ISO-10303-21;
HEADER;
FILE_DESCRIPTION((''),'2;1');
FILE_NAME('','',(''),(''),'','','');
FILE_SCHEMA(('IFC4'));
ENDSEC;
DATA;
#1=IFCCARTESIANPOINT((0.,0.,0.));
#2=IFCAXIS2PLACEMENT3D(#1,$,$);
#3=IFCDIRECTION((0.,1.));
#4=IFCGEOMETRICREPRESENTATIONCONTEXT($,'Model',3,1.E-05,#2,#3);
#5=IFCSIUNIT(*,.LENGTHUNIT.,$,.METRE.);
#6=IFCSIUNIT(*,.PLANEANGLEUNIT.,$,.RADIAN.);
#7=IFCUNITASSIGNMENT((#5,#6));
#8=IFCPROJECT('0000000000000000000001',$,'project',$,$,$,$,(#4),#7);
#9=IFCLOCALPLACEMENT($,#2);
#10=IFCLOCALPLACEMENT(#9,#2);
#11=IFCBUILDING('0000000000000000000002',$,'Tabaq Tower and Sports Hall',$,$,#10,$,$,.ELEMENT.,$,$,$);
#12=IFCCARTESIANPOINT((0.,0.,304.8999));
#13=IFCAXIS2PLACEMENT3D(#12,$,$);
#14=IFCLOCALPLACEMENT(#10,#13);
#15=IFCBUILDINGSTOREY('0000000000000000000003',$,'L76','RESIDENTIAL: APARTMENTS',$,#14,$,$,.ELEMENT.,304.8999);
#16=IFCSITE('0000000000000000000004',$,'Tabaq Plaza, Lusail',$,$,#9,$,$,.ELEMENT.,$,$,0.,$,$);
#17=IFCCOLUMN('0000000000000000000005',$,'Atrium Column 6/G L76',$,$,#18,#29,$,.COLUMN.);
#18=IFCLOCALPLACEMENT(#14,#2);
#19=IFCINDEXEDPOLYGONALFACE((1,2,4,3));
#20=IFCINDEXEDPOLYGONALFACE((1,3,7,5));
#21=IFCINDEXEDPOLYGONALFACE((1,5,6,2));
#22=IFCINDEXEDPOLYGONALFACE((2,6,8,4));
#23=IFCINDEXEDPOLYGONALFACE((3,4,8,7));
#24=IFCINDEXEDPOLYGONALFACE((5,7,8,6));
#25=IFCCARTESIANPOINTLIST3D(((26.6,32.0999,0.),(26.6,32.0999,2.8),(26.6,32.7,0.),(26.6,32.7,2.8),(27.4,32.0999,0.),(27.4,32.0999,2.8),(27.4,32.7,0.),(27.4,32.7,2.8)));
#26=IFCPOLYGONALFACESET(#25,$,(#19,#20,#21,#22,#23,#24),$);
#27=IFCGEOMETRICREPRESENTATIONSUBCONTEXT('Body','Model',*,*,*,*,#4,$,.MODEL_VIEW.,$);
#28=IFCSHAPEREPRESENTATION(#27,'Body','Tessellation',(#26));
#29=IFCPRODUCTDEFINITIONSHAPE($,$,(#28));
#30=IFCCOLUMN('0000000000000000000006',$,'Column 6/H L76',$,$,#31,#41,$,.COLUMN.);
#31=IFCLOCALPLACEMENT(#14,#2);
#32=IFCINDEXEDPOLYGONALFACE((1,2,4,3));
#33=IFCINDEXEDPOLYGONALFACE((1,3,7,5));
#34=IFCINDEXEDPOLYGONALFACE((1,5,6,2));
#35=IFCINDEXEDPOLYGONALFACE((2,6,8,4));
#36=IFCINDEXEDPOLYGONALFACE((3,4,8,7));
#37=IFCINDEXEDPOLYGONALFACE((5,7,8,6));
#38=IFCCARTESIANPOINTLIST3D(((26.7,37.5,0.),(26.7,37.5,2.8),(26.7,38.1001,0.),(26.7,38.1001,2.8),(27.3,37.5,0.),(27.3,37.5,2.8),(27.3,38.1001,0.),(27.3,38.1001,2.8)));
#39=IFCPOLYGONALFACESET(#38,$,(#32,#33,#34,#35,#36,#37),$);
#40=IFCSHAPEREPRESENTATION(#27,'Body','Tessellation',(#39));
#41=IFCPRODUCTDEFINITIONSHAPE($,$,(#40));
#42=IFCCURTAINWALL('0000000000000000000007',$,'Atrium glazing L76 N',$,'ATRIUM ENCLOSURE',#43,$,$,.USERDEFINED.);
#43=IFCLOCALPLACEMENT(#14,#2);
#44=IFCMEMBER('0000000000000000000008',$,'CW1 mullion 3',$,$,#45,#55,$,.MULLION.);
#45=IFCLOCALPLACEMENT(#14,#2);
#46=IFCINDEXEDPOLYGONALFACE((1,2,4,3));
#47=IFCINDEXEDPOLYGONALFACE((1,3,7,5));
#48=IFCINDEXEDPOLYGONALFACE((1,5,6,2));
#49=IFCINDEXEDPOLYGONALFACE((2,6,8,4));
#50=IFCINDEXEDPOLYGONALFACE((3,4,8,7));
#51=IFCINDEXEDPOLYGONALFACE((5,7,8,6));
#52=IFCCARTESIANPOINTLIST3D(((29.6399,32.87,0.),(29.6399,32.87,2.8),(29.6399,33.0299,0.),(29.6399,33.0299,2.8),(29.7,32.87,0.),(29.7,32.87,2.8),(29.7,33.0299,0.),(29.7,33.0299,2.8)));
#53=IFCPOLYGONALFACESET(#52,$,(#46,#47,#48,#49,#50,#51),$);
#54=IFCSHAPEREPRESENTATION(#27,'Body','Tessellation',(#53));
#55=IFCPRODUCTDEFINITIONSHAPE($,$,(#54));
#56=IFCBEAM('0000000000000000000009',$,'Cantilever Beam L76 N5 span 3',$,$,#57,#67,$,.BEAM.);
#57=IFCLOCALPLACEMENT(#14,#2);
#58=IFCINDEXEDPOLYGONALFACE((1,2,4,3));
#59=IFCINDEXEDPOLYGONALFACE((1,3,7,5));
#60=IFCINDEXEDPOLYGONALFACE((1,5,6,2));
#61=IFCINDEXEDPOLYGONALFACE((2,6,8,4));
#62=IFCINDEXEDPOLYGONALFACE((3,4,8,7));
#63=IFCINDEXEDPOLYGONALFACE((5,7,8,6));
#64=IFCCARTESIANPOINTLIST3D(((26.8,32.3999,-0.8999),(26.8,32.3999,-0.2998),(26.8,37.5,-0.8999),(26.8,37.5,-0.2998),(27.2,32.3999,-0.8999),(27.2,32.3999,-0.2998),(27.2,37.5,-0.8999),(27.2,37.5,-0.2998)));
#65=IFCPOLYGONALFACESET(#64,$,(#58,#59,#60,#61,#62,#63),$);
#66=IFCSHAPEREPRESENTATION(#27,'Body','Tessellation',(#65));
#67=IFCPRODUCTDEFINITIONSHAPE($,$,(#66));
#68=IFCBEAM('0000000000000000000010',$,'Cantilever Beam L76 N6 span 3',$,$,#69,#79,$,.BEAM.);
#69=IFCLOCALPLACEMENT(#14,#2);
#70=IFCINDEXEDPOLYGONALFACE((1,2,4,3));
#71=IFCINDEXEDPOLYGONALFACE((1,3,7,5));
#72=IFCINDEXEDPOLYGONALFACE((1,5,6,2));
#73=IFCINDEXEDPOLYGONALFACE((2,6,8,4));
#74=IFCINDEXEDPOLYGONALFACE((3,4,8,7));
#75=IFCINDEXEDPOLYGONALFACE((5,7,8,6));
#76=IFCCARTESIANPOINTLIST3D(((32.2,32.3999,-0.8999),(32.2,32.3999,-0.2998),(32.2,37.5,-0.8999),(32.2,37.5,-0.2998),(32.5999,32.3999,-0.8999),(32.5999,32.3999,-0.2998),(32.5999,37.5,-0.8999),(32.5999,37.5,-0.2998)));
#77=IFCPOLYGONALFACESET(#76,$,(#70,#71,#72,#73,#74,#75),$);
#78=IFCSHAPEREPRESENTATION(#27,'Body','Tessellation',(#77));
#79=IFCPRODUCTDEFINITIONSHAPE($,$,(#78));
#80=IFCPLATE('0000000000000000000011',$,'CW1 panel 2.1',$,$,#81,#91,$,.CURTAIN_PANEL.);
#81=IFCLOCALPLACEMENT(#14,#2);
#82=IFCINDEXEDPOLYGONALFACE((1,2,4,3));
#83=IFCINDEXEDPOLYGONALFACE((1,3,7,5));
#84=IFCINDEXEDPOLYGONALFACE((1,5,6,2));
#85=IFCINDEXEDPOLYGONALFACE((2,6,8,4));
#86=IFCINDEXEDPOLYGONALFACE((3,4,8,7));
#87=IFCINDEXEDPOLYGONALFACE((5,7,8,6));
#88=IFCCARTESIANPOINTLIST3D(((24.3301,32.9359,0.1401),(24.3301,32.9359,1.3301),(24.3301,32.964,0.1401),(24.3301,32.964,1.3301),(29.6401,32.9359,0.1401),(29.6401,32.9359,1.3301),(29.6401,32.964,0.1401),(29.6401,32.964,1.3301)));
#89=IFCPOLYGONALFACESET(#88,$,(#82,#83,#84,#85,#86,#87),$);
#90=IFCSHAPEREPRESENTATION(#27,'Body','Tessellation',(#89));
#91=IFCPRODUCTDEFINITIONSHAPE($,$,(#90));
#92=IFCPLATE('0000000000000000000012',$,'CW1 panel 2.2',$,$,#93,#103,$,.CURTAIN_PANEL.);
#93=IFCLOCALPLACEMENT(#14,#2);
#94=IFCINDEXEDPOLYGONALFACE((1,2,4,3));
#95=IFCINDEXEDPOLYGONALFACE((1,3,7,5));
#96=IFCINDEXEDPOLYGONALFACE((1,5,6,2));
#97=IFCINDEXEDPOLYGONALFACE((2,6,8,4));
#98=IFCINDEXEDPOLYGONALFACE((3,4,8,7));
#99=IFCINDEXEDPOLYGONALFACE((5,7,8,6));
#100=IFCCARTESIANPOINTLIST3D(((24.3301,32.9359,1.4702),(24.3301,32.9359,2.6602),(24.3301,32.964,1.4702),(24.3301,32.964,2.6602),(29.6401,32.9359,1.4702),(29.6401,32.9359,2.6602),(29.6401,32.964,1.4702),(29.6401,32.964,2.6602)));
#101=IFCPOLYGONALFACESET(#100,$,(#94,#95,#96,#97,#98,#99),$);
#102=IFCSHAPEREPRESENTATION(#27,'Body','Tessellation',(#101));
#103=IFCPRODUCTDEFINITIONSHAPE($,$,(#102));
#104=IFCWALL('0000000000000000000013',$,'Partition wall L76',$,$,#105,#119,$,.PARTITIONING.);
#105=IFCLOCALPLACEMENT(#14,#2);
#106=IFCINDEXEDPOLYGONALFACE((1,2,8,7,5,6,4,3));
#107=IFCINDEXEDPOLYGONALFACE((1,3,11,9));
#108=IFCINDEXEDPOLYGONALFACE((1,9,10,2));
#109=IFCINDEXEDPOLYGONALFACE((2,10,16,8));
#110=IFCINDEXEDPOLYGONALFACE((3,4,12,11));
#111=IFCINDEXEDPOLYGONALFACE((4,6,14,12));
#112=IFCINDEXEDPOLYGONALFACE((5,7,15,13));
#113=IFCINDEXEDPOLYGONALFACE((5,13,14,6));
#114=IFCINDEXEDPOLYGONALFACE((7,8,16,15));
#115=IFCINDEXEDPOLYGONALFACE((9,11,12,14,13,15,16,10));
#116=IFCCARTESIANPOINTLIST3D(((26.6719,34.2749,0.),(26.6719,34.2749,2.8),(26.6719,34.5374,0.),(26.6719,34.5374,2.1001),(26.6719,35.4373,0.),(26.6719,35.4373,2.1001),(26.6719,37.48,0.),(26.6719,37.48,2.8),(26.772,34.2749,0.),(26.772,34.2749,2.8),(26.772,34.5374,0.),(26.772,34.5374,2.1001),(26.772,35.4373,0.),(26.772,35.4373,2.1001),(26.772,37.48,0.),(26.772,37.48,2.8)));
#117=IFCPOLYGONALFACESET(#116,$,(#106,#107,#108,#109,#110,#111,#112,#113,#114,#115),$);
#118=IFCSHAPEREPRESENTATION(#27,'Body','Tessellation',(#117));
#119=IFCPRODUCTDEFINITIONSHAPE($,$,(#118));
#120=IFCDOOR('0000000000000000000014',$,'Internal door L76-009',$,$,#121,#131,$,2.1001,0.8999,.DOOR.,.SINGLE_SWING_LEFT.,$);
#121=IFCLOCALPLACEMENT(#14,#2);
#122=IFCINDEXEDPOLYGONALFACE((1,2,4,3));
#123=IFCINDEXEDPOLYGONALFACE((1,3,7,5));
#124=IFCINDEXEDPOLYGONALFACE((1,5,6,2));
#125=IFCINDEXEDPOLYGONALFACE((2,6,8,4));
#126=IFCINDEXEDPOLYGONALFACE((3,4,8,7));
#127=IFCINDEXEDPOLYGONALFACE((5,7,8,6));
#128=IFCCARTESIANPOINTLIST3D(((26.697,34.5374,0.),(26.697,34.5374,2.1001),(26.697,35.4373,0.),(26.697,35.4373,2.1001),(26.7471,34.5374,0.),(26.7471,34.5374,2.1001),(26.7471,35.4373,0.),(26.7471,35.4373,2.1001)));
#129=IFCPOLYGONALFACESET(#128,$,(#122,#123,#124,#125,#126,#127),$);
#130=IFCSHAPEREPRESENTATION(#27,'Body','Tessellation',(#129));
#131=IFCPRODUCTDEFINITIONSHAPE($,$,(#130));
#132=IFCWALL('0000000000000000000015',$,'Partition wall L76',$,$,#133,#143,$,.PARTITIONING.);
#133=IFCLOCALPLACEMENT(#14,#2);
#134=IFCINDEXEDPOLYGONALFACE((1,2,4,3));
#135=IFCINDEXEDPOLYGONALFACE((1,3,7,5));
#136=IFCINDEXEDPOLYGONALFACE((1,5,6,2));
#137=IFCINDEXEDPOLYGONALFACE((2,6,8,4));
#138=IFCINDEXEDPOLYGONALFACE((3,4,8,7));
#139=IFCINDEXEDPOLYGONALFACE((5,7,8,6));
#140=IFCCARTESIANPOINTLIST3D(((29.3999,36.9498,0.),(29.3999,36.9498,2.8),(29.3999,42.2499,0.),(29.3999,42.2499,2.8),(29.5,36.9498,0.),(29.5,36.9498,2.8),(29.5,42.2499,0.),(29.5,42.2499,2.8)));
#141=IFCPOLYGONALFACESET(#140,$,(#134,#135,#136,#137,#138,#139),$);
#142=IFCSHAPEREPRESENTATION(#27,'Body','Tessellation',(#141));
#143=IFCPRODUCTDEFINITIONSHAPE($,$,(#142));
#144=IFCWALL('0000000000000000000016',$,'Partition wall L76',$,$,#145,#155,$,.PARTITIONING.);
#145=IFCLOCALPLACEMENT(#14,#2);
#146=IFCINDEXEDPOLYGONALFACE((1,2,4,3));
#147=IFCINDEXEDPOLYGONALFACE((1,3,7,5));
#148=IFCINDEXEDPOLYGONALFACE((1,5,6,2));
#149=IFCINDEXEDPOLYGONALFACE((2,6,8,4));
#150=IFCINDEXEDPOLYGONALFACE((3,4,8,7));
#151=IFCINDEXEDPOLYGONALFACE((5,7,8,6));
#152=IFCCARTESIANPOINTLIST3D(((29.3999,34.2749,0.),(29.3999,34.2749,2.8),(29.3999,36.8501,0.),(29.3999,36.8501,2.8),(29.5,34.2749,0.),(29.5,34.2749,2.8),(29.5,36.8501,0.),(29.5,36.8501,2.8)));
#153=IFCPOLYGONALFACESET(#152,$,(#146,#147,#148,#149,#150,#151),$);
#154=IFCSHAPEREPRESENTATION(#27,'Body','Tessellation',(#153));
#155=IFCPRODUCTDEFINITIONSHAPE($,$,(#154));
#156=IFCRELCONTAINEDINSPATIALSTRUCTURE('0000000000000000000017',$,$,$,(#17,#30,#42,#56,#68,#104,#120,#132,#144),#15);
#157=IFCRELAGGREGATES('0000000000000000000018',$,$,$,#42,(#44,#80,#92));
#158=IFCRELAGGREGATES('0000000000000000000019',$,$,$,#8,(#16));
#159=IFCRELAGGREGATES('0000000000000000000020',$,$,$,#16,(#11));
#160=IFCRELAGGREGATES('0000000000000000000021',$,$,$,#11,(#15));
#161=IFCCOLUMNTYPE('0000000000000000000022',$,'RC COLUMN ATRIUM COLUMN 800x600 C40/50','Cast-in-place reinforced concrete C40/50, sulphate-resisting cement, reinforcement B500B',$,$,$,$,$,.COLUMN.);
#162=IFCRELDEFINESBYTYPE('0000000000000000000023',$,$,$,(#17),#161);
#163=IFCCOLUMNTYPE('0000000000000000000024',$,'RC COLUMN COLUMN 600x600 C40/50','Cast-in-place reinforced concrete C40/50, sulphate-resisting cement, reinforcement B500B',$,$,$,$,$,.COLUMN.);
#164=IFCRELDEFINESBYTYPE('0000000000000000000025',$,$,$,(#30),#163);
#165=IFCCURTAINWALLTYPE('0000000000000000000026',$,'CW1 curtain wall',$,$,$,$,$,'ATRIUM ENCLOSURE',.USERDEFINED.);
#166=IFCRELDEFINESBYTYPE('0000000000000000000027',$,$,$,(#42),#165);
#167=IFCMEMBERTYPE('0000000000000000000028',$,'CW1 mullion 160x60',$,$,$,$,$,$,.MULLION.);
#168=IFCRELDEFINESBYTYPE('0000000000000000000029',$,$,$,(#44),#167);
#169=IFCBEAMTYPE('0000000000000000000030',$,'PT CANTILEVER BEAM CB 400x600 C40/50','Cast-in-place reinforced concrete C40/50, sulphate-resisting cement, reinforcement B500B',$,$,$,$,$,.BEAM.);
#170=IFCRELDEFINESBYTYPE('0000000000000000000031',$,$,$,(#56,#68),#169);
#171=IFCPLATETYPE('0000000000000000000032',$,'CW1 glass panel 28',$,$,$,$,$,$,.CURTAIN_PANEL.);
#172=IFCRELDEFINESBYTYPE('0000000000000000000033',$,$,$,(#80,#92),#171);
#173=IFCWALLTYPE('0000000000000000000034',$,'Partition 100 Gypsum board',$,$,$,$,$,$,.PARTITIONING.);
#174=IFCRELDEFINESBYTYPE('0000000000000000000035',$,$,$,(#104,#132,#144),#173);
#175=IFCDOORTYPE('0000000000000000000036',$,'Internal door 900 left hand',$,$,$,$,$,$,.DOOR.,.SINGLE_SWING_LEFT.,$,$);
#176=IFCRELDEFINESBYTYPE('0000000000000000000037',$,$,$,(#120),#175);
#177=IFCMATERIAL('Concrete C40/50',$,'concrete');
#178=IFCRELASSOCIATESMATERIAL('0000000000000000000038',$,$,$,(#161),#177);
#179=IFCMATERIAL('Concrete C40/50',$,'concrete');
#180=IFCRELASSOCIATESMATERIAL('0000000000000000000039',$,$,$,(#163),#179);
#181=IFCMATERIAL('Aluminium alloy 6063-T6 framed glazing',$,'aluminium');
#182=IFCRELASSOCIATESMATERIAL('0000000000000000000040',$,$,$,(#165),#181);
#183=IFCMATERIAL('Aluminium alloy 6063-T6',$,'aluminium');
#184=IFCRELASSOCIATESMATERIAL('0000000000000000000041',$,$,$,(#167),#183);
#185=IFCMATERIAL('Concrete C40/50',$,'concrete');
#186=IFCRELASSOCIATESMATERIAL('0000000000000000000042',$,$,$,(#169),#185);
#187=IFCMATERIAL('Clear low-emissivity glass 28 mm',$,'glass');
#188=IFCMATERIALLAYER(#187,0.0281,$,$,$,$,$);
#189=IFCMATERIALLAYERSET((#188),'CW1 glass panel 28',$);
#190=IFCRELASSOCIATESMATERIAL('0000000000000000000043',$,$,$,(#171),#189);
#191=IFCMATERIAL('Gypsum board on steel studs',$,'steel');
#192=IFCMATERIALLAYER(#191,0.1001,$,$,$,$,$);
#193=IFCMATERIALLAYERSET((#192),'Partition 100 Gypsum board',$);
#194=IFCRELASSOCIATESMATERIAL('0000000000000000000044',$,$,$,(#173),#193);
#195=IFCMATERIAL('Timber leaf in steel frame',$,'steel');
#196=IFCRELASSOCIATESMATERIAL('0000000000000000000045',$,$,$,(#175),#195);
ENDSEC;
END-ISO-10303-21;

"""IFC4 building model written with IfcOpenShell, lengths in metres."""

from ifc_helpers import new_model, si_unit, direction, frame, frame_2d, origin, origin_2d, place, context, subcontext, project, spatial, rectangle, extrude, material, layer, layer_set, material_profile, profile_set, type_object, element, fill, aggregate, save


model = new_model("IFC4")

# Units and contexts
model_context = context("Model", 3, precision=1e-05, world=origin(), true_north=direction((0.0, 1.0)))
body_context = subcontext(model_context, "Body", "Model", "MODEL_VIEW")
ifc_project = project(units=[si_unit("LENGTHUNIT", "METRE"), si_unit("PLANEANGLEUNIT", "RADIAN")], contexts=[model_context])

# Site, building, storey
site_placement = place(None, origin())
site = spatial("IfcSite", under=ifc_project, at=site_placement, Name="Tabaq Plaza, Lusail", CompositionType="ELEMENT", RefElevation=0.0)
building_placement = place(site_placement, origin())
building = spatial("IfcBuilding", under=site, at=building_placement, Name="Tabaq Tower and Sports Hall", CompositionType="ELEMENT")
storey_placement = place(building_placement, frame((0.0, 0.0, 304.8999)))
storey = spatial("IfcBuildingStorey", under=building, at=storey_placement, Name="L76", Description="RESIDENTIAL: APARTMENTS", CompositionType="ELEMENT", Elevation=304.8999)

# Columns
ifc_material_1 = material(Name="Concrete C40/50", Category="concrete")
ifc_material_profile_1 = material_profile(ifc_material_1, rectangle(XDim=0.8, YDim=0.6001, at=origin_2d()), Name="ATRIUM COLUMN 800x600")
ifc_profile_set_1 = profile_set([ifc_material_profile_1], Name="Concrete C40/50")
column_type_1 = type_object("IfcColumnType", Name="RC COLUMN ATRIUM COLUMN 800x600 C40/50", Description="Cast-in-place reinforced concrete C40/50, sulphate-resisting cement, reinforcement B500B", PredefinedType="COLUMN", material=ifc_profile_set_1)
column_1_placement = place(storey_placement, frame((27.0, 32.3999, 0.0), z_axis=(0.0, 0.0, 1.0), x_axis=(1.0, 0.0, 0.0)))
element("IfcColumn", 1, at=column_1_placement, inside=storey, type_object=column_type_1, Name="Atrium Column 6/G L76", PredefinedType="COLUMN", context=body_context, shape_type="SweptSolid", body=[
    extrude(rectangle(XDim=0.8, YDim=0.6001, at=origin_2d()), origin(), (0.0, 0.0, 1.0), 2.8),
])
ifc_material_2 = material(Name="Concrete C40/50", Category="concrete")
ifc_material_profile_2 = material_profile(ifc_material_2, rectangle(XDim=0.6001, YDim=0.6001, at=origin_2d()), Name="COLUMN 600x600")
ifc_profile_set_2 = profile_set([ifc_material_profile_2], Name="Concrete C40/50")
column_type_2 = type_object("IfcColumnType", Name="RC COLUMN COLUMN 600x600 C40/50", Description="Cast-in-place reinforced concrete C40/50, sulphate-resisting cement, reinforcement B500B", PredefinedType="COLUMN", material=ifc_profile_set_2)
column_2_placement = place(storey_placement, frame((27.0, 37.8, 0.0), z_axis=(0.0, 0.0, 1.0), x_axis=(1.0, 0.0, 0.0)))
element("IfcColumn", 2, at=column_2_placement, inside=storey, type_object=column_type_2, Name="Column 6/H L76", PredefinedType="COLUMN", context=body_context, shape_type="SweptSolid", body=[
    extrude(rectangle(XDim=0.6001, YDim=0.6001, at=origin_2d()), origin(), (0.0, 0.0, 1.0), 2.8),
])

# Curtain wall, member
ifc_material_3 = material(Name="Aluminium alloy 6063-T6 framed glazing", Category="aluminium")
curtain_wall_type = type_object("IfcCurtainWallType", Name="CW1 curtain wall", ElementType="ATRIUM ENCLOSURE", PredefinedType="USERDEFINED", material=ifc_material_3)
curtain_wall_placement = place(storey_placement, origin())
curtain_wall = element("IfcCurtainWall", 3, at=curtain_wall_placement, inside=storey, type_object=curtain_wall_type, Name="Atrium glazing L76 N", ObjectType="ATRIUM ENCLOSURE", PredefinedType="USERDEFINED")
ifc_material_4 = material(Name="Aluminium alloy 6063-T6", Category="aluminium")
ifc_material_profile_3 = material_profile(ifc_material_4, rectangle(XDim=0.1599, YDim=0.0601, at=origin_2d()), Name="MULLION 160x60")
ifc_profile_set_3 = profile_set([ifc_material_profile_3], Name="Aluminium alloy 6063-T6")
member_type = type_object("IfcMemberType", Name="CW1 mullion 160x60", PredefinedType="MULLION", material=ifc_profile_set_3)
member_placement = place(storey_placement, frame((29.6699, 32.95, 0.0), z_axis=(0.0, 0.0, 1.0), x_axis=(0.0, 1.0, 0.0)))
member = element("IfcMember", 4, at=member_placement, type_object=member_type, Name="CW1 mullion 3", PredefinedType="MULLION", context=body_context, shape_type="SweptSolid", body=[
    extrude(rectangle(XDim=0.1599, YDim=0.0601, at=origin_2d()), origin(), (0.0, 0.0, 1.0), 2.8),
])

# Beams
ifc_material_5 = material(Name="Concrete C40/50", Category="concrete")
ifc_material_profile_4 = material_profile(ifc_material_5, rectangle(XDim=0.3999, YDim=0.6001, at=origin_2d()), Name="CB 400x600")
ifc_profile_set_4 = profile_set([ifc_material_profile_4], Name="Concrete C40/50")
beam_type = type_object("IfcBeamType", Name="PT CANTILEVER BEAM CB 400x600 C40/50", Description="Cast-in-place reinforced concrete C40/50, sulphate-resisting cement, reinforcement B500B", PredefinedType="BEAM", material=ifc_profile_set_4)
for number, where, z_axis, x_axis, name in (
    (5, (27.0, 37.5, -0.5999), (0.0, -1.0, 0.0), (1.0, 0.0, 0.0), "Cantilever Beam L76 N5 span 3"),
    (6, (32.3999, 37.5, -0.5999), (0.0, -1.0, 0.0), (1.0, 0.0, 0.0), "Cantilever Beam L76 N6 span 3"),
):
    element("IfcBeam", number, at=place(storey_placement, frame(where, z_axis=z_axis, x_axis=x_axis)), inside=storey, type_object=beam_type, Name=name, PredefinedType="BEAM", context=body_context, shape_type="SweptSolid", body=[
        extrude(rectangle(XDim=0.3999, YDim=0.6001, at=origin_2d()), origin(), (0.0, 0.0, 1.0), 5.1001),
    ])

# Plates
ifc_material_6 = material(Name="Clear low-emissivity glass 28 mm", Category="glass")
ifc_layer_1 = layer(ifc_material_6, 0.0281)
ifc_layer_set_1 = layer_set([ifc_layer_1], Name="CW1 glass panel 28")
plate_type = type_object("IfcPlateType", Name="CW1 glass panel 28", PredefinedType="CURTAIN_PANEL", material=ifc_layer_set_1)
plate_1_placement = place(storey_placement, frame((26.9851, 32.95, 0.1401), z_axis=(0.0, 0.0, 1.0), x_axis=(1.0, 0.0, 0.0)))
plate_1 = element("IfcPlate", 7, at=plate_1_placement, type_object=plate_type, Name="CW1 panel 2.1", PredefinedType="CURTAIN_PANEL", context=body_context, shape_type="SweptSolid", body=[
    extrude(rectangle(XDim=5.3101, YDim=0.0281, at=origin_2d()), origin(), (0.0, 0.0, 1.0), 1.1899),
])
plate_2_placement = place(storey_placement, frame((26.9851, 32.95, 1.4702), z_axis=(0.0, 0.0, 1.0), x_axis=(1.0, 0.0, 0.0)))
plate_2 = element("IfcPlate", 8, at=plate_2_placement, type_object=plate_type, Name="CW1 panel 2.2", PredefinedType="CURTAIN_PANEL", context=body_context, shape_type="SweptSolid", body=[
    extrude(rectangle(XDim=5.3101, YDim=0.0281, at=origin_2d()), origin(), (0.0, 0.0, 1.0), 1.1899),
])
aggregate(curtain_wall, [member, plate_1, plate_2])

# Wall, opening, door
ifc_material_7 = material(Name="Gypsum board on steel studs", Category="steel")
ifc_layer_2 = layer(ifc_material_7, 0.1001)
ifc_layer_set_2 = layer_set([ifc_layer_2], Name="Partition 100 Gypsum board")
wall_type_1 = type_object("IfcWallType", Name="Partition 100 Gypsum board", PredefinedType="PARTITIONING", material=ifc_layer_set_2)
wall_1_placement = place(storey_placement, frame((26.7219, 34.2749, 0.0), z_axis=(0.0, 0.0, 1.0), x_axis=(0.0, 1.0, 0.0)))
wall_1 = element("IfcWall", 9, at=wall_1_placement, inside=storey, type_object=wall_type_1, Name="Partition wall L76", PredefinedType="PARTITIONING", context=body_context, shape_type="SweptSolid", body=[
    extrude(rectangle(XDim=3.2051, YDim=0.1001, at=frame_2d((1.6025, 0.0))), origin(), (0.0, 0.0, 1.0), 2.8),
])
opening_1_placement = place(wall_1_placement, frame((0.2625, 0.0, 0.0)))
opening_1 = element("IfcOpeningElement", 10, at=opening_1_placement, cuts=wall_1, PredefinedType="OPENING", context=body_context, shape_type="SweptSolid", body=[
    extrude(rectangle(XDim=0.8999, YDim=2.1001, at=frame_2d((0.45, 1.05))), frame((0.0, 0.05, 0.0), z_axis=(0.0, -1.0, 0.0), x_axis=(1.0, 0.0, 0.0)), (0.0, 0.0, 1.0), 0.1001),
])
ifc_material_8 = material(Name="Timber leaf in steel frame", Category="steel")
door_type_1 = type_object("IfcDoorType", Name="Internal door 900 left hand", OperationType="SINGLE_SWING_LEFT", PredefinedType="DOOR", material=ifc_material_8)
door_1_placement = place(opening_1_placement, origin())
door_1 = element("IfcDoor", 11, at=door_1_placement, inside=storey, type_object=door_type_1, Name="Internal door L76-009", OperationType="SINGLE_SWING_LEFT", OverallHeight=2.1001, OverallWidth=0.8999, PredefinedType="DOOR", context=body_context, shape_type="SweptSolid", body=[
    extrude(rectangle(XDim=0.8999, YDim=2.1001, at=frame_2d((0.45, 1.05))), frame((0.0, 0.0249, 0.0), z_axis=(0.0, -1.0, 0.0), x_axis=(1.0, 0.0, 0.0)), (0.0, 0.0, 1.0), 0.05),
])
fill(opening_1, door_1)

# Walls
wall_2_placement = place(storey_placement, frame((29.45, 36.95, 0.0), z_axis=(0.0, 0.0, 1.0), x_axis=(0.0, 1.0, 0.0)))
element("IfcWall", 12, at=wall_2_placement, inside=storey, type_object=wall_type_1, Name="Partition wall L76", PredefinedType="PARTITIONING", context=body_context, shape_type="SweptSolid", body=[
    extrude(rectangle(XDim=5.3, YDim=0.1001, at=frame_2d((2.6499, 0.0))), origin(), (0.0, 0.0, 1.0), 2.8),
])
wall_3_placement = place(storey_placement, frame((29.45, 34.2749, 0.0), z_axis=(0.0, 0.0, 1.0), x_axis=(0.0, 1.0, 0.0)))
element("IfcWall", 13, at=wall_3_placement, inside=storey, type_object=wall_type_1, Name="Partition wall L76", PredefinedType="PARTITIONING", context=body_context, shape_type="SweptSolid", body=[
    extrude(rectangle(XDim=2.5752, YDim=0.1001, at=frame_2d((1.2876, 0.0))), origin(), (0.0, 0.0, 1.0), 2.8),
])

save(model, "model.ifc")
